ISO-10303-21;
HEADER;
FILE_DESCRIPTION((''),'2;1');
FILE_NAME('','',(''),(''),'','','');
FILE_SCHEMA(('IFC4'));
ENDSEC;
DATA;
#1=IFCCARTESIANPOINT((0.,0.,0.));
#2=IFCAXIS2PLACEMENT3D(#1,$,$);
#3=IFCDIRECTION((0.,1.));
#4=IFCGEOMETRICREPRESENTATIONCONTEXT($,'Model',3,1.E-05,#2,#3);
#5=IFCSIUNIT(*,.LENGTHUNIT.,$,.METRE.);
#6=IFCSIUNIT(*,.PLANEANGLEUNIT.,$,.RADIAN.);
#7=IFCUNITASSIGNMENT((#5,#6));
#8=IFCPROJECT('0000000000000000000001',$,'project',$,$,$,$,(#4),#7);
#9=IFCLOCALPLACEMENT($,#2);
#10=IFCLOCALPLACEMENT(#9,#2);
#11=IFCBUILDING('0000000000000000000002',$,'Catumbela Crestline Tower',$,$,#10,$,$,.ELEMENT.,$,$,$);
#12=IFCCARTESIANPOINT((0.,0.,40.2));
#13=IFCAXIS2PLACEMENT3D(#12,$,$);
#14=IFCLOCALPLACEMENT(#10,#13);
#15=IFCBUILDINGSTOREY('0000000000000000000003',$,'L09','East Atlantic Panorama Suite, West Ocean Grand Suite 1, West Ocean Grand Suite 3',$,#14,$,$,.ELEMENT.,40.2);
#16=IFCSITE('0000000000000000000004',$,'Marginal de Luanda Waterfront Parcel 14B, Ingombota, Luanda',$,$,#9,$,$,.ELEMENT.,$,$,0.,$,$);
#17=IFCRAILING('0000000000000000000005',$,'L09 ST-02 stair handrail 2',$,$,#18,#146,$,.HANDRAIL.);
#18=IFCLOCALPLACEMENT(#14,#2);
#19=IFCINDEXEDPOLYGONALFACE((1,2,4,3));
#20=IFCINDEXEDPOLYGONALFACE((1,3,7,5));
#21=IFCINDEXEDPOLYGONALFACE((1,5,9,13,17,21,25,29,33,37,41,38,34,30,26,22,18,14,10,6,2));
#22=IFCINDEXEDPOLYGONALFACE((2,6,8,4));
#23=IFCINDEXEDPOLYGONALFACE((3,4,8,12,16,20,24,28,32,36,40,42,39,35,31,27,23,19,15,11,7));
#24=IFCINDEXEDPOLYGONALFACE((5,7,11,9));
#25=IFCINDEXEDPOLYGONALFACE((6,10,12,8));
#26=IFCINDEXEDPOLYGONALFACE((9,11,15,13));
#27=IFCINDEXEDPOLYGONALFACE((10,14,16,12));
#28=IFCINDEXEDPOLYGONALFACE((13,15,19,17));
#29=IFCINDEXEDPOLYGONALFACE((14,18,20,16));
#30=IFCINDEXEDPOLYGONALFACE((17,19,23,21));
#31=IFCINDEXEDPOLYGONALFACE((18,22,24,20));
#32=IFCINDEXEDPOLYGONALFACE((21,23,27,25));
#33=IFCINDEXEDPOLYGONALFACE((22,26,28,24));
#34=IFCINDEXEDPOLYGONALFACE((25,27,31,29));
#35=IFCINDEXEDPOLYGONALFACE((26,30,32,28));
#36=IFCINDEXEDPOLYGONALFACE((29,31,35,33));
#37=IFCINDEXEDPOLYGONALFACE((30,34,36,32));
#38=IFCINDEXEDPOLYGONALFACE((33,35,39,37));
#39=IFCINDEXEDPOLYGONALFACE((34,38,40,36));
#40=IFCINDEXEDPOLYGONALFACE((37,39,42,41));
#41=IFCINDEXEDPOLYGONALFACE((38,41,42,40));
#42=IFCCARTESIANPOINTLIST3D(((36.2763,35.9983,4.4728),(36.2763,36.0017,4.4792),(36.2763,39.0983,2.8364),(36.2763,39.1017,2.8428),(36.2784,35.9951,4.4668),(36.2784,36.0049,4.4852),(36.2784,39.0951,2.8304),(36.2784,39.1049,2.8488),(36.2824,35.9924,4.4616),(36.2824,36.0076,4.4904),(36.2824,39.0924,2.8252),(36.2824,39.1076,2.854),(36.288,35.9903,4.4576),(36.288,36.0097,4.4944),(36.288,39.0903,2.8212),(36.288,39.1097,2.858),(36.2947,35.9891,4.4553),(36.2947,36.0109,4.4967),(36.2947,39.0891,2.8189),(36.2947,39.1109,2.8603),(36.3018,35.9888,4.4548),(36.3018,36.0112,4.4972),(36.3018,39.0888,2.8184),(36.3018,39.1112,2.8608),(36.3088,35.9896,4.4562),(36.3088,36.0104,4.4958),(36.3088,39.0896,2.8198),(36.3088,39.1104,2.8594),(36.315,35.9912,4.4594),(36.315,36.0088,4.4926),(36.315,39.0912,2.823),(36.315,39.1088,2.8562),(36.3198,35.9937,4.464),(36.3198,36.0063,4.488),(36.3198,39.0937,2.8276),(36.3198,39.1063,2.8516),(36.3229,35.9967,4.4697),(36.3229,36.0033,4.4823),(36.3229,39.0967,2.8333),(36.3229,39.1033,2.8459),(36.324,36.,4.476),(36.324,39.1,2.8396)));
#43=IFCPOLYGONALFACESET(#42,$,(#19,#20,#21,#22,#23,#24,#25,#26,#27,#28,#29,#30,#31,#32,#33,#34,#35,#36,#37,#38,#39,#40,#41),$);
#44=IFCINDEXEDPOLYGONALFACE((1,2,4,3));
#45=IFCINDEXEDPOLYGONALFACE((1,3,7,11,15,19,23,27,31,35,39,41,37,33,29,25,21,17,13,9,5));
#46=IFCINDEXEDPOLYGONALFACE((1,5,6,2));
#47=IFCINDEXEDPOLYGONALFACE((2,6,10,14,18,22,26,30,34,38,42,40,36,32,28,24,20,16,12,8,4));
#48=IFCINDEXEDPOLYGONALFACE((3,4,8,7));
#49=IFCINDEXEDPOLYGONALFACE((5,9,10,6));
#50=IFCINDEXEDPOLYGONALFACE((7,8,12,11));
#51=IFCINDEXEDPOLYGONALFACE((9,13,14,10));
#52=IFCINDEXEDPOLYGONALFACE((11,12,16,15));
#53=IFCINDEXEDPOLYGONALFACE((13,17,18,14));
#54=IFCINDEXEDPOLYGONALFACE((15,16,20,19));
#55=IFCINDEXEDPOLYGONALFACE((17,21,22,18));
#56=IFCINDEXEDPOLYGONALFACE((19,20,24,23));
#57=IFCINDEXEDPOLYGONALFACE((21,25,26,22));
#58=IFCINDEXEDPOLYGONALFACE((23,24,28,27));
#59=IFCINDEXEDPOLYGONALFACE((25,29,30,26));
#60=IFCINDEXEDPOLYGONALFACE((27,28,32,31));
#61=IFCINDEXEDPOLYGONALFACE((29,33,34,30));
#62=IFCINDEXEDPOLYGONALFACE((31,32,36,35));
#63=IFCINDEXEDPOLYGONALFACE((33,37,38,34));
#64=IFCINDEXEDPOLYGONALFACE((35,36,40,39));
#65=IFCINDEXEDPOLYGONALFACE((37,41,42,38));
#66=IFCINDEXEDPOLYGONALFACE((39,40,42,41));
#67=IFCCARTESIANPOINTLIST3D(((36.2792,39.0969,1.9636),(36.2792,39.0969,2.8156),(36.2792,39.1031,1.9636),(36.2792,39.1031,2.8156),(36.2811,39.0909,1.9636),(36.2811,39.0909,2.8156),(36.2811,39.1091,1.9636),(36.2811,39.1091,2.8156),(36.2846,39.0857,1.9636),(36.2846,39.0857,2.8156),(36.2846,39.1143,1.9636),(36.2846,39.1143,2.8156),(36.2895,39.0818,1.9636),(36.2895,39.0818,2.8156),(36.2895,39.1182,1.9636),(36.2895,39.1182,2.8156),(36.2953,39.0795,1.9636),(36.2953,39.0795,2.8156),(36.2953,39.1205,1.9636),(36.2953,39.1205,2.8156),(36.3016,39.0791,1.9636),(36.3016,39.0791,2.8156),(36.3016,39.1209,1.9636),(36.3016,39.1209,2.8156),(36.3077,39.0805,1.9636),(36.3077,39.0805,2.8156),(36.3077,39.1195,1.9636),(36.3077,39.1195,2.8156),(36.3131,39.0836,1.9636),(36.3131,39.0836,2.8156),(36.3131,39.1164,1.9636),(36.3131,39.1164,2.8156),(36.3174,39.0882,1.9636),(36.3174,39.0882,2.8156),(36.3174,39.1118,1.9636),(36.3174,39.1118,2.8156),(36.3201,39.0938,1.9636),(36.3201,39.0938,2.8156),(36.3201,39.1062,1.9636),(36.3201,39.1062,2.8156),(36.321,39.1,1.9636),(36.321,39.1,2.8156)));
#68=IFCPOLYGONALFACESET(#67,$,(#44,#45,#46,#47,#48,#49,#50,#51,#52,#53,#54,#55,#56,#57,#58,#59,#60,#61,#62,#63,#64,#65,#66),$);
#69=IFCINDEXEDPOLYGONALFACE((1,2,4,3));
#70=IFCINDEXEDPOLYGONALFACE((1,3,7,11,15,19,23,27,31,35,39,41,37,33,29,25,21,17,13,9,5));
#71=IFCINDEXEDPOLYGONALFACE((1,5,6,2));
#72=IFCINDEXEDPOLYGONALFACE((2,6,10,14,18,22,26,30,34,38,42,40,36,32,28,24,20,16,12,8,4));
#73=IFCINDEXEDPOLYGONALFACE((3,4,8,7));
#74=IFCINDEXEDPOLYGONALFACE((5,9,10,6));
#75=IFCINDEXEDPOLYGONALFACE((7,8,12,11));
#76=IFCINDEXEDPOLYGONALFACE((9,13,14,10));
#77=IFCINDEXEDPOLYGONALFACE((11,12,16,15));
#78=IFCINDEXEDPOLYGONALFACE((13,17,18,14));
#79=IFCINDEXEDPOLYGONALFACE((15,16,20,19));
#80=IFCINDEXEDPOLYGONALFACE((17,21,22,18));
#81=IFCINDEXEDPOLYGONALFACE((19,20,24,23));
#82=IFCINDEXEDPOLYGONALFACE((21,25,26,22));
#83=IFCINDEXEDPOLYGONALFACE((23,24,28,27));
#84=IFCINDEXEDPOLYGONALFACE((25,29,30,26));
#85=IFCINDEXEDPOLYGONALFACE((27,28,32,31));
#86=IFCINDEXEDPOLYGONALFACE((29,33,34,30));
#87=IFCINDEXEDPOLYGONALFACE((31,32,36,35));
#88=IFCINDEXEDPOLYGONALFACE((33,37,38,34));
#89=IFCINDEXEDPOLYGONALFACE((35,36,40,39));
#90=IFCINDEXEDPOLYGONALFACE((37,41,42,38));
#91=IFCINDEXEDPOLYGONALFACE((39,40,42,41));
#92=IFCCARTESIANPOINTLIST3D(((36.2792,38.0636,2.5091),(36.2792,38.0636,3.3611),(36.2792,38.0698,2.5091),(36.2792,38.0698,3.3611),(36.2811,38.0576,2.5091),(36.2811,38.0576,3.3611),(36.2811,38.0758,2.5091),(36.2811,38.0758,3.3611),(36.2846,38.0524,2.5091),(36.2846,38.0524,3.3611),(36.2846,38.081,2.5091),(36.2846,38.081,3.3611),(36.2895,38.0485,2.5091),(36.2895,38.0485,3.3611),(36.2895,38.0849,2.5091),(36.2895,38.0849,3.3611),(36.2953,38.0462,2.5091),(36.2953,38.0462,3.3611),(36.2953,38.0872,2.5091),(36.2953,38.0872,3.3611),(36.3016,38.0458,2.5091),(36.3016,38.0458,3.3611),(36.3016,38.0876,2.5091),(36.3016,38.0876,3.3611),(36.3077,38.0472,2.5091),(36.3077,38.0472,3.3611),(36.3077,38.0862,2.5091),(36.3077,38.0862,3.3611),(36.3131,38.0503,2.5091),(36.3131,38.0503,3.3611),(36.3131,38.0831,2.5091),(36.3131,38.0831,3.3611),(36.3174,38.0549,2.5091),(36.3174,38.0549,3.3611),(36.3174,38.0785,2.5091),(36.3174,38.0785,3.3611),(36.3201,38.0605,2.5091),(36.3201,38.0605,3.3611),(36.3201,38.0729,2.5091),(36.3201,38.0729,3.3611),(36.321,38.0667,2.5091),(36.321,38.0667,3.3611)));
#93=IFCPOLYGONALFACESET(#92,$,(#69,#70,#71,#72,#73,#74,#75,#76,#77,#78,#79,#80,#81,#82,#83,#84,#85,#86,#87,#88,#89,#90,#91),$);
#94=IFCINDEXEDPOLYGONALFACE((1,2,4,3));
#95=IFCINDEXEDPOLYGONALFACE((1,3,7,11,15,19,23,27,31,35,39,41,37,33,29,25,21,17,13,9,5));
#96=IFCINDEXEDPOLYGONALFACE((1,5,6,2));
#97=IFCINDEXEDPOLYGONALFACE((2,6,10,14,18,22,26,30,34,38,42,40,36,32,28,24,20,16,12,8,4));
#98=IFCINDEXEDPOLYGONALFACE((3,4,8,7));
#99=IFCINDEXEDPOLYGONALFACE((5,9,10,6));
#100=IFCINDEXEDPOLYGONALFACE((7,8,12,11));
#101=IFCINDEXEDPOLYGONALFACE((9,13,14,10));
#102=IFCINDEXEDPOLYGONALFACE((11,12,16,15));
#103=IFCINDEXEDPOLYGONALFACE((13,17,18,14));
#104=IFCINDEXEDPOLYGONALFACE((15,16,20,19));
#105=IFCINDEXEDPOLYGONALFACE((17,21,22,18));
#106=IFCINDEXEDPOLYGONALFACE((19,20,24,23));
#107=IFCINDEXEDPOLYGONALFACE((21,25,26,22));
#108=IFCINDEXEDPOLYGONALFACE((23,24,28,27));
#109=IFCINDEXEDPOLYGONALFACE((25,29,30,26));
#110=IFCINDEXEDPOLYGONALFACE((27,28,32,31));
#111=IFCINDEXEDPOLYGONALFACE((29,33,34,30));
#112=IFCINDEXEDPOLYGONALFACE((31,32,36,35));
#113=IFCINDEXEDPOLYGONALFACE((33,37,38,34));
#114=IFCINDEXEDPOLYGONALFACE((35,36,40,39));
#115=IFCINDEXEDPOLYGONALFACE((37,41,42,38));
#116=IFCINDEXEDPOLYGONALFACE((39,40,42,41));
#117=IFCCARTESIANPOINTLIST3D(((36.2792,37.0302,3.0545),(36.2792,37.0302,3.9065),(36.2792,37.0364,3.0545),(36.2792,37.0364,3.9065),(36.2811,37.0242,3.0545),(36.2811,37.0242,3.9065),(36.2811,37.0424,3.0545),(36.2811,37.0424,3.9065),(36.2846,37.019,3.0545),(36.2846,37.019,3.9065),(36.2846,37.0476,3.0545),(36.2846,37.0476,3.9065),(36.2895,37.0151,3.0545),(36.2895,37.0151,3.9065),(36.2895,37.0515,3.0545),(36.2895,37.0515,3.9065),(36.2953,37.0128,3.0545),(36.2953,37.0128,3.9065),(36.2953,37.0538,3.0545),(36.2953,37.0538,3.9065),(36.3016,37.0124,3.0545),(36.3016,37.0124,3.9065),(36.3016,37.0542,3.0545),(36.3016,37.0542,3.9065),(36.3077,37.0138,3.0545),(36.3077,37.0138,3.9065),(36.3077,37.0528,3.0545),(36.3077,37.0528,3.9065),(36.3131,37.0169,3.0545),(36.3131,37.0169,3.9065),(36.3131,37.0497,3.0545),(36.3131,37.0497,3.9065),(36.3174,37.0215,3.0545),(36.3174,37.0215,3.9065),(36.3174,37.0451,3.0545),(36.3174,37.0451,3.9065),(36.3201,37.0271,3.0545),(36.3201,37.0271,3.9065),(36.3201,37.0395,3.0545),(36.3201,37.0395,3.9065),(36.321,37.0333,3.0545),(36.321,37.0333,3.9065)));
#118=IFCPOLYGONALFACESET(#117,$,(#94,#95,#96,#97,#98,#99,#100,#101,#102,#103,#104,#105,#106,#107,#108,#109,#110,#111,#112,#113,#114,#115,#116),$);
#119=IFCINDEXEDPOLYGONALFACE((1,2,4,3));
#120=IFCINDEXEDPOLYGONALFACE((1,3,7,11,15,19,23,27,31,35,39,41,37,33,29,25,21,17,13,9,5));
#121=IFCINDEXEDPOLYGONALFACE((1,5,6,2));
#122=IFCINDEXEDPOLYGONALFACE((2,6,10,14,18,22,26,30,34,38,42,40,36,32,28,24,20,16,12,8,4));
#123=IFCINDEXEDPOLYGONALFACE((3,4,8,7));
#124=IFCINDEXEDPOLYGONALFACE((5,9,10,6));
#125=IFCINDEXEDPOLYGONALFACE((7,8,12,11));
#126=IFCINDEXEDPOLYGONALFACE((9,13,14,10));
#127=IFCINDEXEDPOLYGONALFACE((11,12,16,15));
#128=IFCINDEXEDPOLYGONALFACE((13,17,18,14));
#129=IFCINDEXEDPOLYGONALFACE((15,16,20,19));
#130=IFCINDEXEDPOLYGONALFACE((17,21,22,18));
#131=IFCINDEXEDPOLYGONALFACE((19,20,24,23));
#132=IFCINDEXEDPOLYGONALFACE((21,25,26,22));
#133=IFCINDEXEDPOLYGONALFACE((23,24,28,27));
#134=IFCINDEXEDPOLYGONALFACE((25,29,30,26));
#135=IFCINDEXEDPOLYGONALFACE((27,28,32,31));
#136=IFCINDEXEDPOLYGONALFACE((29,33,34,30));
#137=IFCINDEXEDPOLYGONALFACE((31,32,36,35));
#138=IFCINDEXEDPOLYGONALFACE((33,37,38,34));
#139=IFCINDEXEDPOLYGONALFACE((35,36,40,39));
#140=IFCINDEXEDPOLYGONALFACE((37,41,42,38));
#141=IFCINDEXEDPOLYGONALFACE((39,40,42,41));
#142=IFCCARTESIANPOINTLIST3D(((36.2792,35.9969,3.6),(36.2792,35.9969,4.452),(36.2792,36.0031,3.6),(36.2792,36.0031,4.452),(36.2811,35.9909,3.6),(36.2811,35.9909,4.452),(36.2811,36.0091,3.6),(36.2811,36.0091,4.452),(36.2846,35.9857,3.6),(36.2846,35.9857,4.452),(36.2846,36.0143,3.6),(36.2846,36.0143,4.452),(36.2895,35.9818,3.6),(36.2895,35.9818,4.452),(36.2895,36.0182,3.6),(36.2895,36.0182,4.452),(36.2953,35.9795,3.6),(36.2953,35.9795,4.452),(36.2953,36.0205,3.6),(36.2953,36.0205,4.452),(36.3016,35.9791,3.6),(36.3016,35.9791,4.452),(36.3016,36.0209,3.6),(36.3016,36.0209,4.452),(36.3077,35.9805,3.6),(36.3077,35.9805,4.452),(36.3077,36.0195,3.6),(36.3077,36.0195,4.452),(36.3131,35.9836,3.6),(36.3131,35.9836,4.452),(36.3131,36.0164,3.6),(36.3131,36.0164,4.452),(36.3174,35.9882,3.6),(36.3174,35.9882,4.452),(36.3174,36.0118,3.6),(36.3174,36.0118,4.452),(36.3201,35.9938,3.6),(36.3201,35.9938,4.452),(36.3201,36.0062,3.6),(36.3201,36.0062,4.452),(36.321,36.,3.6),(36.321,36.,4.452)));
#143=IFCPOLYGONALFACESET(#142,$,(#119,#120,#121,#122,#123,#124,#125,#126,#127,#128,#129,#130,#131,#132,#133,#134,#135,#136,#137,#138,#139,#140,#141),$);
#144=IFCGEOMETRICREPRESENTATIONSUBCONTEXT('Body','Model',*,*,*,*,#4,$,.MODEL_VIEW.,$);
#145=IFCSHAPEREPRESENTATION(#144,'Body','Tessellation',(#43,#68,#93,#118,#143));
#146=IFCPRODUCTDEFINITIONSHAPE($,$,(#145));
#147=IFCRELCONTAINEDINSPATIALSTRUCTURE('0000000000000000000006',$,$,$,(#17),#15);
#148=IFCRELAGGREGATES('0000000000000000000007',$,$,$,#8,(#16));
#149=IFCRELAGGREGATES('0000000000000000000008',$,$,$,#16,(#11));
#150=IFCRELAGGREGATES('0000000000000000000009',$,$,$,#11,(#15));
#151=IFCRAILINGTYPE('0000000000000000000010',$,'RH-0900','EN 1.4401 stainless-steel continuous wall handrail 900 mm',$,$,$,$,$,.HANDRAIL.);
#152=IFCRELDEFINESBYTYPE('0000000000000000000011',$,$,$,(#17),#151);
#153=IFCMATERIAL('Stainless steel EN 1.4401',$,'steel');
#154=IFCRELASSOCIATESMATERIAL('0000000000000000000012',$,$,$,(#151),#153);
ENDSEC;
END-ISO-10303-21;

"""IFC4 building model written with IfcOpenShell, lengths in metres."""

from ifc_helpers import new_model, si_unit, direction, frame, origin, origin_2d, place, context, subcontext, project, spatial, circle, extrude, material, type_object, element, save


model = new_model("IFC4")

# Units and contexts
model_context = context("Model", 3, precision=1e-05, world=origin(), true_north=direction((0.0, 1.0)))
body_context = subcontext(model_context, "Body", "Model", "MODEL_VIEW")
ifc_project = project(units=[si_unit("LENGTHUNIT", "METRE"), si_unit("PLANEANGLEUNIT", "RADIAN")], contexts=[model_context])

# Site, building, storey
site_placement = place(None, origin())
site = spatial("IfcSite", under=ifc_project, at=site_placement, Name="Marginal de Luanda Waterfront Parcel 14B, Ingombota, Luanda", CompositionType="ELEMENT", RefElevation=0.0)
building_placement = place(site_placement, origin())
building = spatial("IfcBuilding", under=site, at=building_placement, Name="Catumbela Crestline Tower", CompositionType="ELEMENT")
storey_placement = place(building_placement, frame((0.0, 0.0, 40.2)))
storey = spatial("IfcBuildingStorey", under=building, at=storey_placement, Name="L09", Description="East Atlantic Panorama Suite, West Ocean Grand Suite 1, West Ocean Grand Suite 3", CompositionType="ELEMENT", Elevation=40.2)

# Shared definitions
ifc_material_1 = material(Name="Stainless steel EN 1.4401", Category="steel")

# Railing
railing_type_1 = type_object("IfcRailingType", Name="RH-0900", Description="EN 1.4401 stainless-steel continuous wall handrail 900 mm", PredefinedType="HANDRAIL", material=ifc_material_1)
railing_1_placement = place(storey_placement, frame((36.3, 39.1, 1.9636)))
element("IfcRailing", 1, at=railing_1_placement, inside=storey, type_object=railing_type_1, Name="L09 ST-02 stair handrail 2", PredefinedType="HANDRAIL", context=body_context, shape_type="SweptSolid", body=[
    extrude(circle(Radius=0.024, at=origin_2d()), frame((0.0, 0.0, 0.876), z_axis=(0.0, -0.884351, 0.466823), x_axis=(1.0, 0.0, 0.0)), (0.0, 0.0, 1.0), 3.5054),
    extrude(circle(Radius=0.021, at=origin_2d()), origin(), (0.0, 0.0, 1.0), 0.852),
    extrude(circle(Radius=0.021, at=origin_2d()), frame((0.0, -1.0333, 0.5455)), (0.0, 0.0, 1.0), 0.852),
    extrude(circle(Radius=0.021, at=origin_2d()), frame((0.0, -2.0667, 1.0909)), (0.0, 0.0, 1.0), 0.852),
    extrude(circle(Radius=0.021, at=origin_2d()), frame((0.0, -3.1, 1.6364)), (0.0, 0.0, 1.0), 0.852),
])

save(model, "model.ifc")
